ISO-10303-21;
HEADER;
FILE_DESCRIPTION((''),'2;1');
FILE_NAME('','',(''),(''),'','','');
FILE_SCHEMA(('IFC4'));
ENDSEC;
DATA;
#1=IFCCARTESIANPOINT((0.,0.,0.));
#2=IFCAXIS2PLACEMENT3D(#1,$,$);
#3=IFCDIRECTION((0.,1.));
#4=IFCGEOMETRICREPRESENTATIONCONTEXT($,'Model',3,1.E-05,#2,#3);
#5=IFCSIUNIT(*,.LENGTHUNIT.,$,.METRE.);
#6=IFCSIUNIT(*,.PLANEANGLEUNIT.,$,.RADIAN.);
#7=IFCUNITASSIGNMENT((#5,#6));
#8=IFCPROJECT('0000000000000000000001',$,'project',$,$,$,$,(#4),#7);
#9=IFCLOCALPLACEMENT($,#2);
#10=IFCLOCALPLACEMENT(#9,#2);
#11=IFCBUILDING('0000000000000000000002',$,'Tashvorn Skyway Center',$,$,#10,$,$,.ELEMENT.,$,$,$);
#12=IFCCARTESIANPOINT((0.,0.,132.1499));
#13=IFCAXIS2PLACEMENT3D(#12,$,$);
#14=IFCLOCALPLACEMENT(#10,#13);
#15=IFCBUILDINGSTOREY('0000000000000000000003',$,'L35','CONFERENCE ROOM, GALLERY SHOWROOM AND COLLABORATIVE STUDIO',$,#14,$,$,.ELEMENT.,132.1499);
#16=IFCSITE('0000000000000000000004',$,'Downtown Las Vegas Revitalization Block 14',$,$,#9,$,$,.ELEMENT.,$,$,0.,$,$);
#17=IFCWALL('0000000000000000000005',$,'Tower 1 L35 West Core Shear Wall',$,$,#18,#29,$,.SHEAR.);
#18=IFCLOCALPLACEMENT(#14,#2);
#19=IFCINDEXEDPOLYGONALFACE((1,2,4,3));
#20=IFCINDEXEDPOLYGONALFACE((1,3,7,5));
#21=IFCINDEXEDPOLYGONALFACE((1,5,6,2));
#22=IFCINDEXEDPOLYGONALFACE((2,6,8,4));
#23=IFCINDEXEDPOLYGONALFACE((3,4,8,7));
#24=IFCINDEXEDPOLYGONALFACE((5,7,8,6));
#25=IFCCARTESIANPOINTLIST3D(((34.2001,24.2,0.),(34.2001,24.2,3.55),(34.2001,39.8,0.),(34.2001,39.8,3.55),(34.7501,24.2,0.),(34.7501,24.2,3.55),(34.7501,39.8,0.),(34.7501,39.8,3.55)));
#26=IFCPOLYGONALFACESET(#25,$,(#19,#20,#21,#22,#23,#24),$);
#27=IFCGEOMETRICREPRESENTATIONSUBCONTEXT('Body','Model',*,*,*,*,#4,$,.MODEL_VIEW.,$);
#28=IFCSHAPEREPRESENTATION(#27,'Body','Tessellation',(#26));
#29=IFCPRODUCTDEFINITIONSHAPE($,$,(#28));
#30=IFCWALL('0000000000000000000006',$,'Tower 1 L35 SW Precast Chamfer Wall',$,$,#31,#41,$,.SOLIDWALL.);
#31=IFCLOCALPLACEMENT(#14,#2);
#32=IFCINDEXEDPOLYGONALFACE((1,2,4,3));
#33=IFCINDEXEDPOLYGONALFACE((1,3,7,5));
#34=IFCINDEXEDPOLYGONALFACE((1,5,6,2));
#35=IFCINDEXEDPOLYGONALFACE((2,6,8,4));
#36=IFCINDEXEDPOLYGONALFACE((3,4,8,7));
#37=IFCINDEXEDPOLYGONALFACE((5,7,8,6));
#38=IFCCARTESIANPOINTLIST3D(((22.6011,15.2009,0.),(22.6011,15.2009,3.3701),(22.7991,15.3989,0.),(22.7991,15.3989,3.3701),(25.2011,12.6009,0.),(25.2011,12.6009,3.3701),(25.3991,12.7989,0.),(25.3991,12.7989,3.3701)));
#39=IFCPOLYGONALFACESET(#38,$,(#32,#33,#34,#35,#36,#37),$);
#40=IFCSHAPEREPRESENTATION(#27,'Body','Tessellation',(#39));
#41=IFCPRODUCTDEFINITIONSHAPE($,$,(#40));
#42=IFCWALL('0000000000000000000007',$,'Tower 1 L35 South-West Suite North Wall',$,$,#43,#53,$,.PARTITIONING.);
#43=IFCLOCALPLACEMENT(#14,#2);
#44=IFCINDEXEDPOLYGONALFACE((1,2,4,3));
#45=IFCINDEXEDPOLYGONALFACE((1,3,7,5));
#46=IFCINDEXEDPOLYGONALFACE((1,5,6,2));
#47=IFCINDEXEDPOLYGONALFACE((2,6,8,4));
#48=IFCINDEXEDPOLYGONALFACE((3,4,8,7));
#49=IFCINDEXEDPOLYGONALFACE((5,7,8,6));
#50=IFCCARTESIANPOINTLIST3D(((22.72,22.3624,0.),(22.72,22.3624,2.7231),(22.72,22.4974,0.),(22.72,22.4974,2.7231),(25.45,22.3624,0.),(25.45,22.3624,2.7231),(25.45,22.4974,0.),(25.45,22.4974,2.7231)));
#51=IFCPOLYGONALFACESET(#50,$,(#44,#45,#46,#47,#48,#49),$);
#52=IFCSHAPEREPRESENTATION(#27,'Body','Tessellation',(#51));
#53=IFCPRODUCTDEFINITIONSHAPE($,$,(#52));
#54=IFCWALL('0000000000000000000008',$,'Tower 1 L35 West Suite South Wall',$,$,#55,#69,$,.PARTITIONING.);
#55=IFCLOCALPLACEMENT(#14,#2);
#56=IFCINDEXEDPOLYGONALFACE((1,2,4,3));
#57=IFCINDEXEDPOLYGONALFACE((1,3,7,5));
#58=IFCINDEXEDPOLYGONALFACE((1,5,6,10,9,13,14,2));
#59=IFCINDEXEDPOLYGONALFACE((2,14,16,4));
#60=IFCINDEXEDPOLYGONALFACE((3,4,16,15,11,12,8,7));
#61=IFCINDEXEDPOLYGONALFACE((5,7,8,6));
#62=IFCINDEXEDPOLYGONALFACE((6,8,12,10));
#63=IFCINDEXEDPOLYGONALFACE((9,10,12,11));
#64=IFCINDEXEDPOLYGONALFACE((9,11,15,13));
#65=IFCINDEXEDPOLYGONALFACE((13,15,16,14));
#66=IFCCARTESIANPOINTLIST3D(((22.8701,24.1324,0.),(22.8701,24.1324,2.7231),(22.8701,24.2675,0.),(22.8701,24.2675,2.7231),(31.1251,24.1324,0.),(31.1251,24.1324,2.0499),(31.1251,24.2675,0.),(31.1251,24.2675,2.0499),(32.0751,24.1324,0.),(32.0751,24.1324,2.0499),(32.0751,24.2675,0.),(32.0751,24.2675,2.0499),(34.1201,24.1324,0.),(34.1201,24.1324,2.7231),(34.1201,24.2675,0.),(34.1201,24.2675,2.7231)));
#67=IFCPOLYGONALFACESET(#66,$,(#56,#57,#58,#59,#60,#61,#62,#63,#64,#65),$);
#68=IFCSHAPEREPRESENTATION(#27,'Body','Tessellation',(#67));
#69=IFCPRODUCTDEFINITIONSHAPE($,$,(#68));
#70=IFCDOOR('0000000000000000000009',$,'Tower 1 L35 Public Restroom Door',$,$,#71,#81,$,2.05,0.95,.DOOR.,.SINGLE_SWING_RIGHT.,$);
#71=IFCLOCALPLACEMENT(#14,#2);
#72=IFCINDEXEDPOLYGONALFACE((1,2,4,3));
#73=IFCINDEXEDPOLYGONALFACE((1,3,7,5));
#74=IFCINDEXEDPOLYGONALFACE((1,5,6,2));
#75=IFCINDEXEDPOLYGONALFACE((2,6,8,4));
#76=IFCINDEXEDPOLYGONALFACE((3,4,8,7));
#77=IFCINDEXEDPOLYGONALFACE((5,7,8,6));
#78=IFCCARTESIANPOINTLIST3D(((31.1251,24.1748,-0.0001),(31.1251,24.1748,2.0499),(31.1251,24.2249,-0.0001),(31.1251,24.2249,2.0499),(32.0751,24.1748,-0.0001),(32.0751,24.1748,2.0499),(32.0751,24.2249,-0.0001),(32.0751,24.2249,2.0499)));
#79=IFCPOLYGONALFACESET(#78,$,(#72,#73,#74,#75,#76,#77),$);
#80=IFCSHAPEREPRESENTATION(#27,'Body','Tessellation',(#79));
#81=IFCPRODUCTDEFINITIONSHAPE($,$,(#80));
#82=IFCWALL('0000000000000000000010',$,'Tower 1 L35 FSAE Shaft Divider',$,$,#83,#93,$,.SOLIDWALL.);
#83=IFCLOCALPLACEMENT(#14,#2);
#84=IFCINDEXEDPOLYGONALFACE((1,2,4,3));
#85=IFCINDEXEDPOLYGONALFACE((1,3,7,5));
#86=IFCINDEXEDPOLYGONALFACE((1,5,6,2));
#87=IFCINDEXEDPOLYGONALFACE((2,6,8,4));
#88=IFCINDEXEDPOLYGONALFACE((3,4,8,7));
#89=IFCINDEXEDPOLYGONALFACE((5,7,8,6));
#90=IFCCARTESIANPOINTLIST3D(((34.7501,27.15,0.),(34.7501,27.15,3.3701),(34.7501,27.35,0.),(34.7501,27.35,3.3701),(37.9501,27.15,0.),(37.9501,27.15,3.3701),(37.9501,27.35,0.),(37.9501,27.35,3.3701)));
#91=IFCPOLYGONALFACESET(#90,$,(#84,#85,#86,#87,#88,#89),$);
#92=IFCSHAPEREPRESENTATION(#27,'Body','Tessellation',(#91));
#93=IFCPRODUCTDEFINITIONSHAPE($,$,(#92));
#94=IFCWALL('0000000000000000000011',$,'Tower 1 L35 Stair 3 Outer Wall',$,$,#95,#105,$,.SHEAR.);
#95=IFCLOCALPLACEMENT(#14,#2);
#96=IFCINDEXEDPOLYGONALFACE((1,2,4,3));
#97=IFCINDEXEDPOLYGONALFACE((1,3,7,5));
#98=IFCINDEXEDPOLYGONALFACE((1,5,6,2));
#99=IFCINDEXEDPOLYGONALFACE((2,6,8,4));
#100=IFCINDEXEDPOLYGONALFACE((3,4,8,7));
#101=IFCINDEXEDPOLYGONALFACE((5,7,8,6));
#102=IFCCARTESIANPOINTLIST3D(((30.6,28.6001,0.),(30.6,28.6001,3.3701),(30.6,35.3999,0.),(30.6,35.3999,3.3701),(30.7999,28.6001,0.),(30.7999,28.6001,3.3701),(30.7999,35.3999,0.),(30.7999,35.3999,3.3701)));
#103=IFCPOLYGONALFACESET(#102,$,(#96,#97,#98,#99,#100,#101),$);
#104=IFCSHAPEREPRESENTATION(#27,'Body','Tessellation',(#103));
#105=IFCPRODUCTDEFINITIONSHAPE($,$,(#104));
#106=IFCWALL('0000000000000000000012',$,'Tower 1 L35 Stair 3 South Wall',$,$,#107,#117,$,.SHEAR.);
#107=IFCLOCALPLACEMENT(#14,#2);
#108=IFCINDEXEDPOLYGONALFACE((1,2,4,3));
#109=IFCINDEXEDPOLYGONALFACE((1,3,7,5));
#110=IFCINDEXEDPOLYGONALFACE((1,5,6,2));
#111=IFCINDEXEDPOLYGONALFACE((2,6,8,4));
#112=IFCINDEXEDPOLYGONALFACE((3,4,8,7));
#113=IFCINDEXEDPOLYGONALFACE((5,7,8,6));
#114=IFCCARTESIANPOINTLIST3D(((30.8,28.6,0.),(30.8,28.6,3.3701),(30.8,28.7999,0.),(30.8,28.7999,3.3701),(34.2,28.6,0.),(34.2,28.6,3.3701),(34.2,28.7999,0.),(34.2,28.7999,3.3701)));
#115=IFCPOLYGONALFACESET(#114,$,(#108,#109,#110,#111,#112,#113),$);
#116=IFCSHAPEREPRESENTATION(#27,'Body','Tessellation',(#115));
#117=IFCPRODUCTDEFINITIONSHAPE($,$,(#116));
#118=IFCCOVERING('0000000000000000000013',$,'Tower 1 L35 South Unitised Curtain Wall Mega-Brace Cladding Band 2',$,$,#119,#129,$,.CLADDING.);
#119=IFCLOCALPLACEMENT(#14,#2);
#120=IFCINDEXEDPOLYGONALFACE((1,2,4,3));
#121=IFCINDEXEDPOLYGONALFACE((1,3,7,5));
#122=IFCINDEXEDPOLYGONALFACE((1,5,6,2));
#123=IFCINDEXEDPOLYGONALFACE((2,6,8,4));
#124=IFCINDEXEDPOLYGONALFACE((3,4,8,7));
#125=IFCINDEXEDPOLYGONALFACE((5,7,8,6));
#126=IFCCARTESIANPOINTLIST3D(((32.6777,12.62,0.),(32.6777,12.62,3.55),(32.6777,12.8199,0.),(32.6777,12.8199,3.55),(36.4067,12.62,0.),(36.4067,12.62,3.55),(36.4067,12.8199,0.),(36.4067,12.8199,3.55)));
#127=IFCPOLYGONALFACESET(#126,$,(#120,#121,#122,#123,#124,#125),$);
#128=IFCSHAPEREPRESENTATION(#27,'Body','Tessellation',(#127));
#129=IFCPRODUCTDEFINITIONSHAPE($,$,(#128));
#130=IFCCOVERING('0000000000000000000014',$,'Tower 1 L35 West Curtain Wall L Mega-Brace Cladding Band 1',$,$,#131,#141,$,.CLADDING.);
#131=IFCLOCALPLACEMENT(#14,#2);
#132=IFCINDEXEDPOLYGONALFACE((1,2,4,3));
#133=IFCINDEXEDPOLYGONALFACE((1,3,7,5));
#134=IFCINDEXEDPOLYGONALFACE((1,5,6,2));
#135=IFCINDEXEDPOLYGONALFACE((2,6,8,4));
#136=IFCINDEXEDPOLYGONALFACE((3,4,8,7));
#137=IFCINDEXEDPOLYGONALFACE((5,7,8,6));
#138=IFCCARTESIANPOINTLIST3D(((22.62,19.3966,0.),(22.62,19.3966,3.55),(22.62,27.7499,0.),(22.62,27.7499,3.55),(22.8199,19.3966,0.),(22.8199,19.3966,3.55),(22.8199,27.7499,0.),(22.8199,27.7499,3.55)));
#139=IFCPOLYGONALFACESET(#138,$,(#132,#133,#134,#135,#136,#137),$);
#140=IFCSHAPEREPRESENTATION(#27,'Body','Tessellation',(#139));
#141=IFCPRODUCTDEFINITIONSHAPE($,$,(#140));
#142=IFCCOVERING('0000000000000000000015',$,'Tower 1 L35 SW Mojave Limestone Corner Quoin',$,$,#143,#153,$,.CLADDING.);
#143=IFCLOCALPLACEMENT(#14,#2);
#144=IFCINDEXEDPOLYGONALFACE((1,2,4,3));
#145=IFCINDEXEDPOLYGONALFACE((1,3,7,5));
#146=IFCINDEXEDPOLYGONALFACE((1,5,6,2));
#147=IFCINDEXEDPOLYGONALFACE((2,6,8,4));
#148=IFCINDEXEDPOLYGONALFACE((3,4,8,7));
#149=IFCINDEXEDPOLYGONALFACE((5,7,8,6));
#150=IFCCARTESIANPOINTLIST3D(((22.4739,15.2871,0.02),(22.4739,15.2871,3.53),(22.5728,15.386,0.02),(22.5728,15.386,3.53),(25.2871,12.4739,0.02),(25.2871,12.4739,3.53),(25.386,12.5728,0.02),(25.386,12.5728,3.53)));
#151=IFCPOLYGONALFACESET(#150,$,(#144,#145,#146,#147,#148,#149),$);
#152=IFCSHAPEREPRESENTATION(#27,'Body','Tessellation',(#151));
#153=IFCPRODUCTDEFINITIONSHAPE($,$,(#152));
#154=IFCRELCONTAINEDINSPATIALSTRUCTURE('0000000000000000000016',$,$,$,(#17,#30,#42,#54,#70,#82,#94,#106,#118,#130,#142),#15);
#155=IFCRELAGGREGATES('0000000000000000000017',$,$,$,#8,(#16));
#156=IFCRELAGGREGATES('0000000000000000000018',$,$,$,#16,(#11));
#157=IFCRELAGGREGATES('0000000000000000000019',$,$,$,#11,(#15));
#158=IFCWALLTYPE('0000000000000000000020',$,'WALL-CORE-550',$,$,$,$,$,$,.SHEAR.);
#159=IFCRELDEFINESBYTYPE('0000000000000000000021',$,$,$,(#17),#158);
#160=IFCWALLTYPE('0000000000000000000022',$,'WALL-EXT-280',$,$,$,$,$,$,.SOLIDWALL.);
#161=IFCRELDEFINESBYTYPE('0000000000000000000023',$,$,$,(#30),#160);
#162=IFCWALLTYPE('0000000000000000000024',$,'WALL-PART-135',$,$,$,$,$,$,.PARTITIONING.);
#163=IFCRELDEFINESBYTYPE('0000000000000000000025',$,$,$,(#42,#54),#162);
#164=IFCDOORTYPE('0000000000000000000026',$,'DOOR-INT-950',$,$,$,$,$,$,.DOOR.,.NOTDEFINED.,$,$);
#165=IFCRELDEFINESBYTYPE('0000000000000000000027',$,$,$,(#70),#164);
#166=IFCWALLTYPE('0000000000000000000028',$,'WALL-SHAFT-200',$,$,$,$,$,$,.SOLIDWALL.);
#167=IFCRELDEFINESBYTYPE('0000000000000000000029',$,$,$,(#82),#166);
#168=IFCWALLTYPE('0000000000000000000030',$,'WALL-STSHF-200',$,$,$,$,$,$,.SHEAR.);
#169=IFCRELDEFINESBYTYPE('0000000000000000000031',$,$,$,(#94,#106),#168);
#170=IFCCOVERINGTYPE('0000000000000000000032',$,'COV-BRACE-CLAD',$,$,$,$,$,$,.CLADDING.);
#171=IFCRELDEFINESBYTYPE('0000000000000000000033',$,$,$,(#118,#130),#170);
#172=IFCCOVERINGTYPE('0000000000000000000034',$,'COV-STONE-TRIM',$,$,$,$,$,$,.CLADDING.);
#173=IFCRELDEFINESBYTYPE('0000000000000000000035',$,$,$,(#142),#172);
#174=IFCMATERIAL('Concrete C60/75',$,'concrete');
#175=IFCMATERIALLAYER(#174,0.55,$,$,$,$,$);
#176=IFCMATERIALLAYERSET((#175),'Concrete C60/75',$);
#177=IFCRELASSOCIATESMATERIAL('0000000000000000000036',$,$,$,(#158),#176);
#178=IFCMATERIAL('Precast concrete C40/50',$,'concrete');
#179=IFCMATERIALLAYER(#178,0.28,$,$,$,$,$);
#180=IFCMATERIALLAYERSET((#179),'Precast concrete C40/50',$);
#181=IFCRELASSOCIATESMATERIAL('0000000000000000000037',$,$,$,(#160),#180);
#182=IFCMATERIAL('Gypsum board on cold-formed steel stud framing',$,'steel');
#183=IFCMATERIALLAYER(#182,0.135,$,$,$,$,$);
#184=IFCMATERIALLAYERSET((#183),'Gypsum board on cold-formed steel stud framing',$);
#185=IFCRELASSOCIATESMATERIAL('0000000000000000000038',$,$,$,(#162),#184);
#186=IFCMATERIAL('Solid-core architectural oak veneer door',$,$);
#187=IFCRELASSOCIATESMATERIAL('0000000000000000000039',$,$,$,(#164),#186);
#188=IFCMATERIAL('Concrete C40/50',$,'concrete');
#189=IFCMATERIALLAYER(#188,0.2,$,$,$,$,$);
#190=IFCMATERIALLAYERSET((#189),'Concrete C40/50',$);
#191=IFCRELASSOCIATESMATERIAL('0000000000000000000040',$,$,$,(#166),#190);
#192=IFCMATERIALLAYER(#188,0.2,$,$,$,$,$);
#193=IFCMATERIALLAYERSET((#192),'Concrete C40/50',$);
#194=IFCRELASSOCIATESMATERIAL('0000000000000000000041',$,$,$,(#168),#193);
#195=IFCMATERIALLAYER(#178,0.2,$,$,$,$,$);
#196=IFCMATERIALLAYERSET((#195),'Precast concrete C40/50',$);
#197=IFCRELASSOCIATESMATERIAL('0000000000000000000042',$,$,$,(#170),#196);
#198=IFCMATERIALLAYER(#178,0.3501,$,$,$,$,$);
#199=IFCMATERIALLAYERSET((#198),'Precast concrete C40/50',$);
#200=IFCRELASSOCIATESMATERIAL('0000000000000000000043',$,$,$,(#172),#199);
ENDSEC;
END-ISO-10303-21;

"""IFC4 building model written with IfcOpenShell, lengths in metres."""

from ifc_helpers import new_model, si_unit, direction, frame, frame_2d, origin, origin_2d, place, context, subcontext, project, spatial, rectangle, extrude, material, layer, layer_set, type_object, element, fill, save


model = new_model("IFC4")

# Units and contexts
model_context = context("Model", 3, precision=1e-05, world=origin(), true_north=direction((0.0, 1.0)))
body_context = subcontext(model_context, "Body", "Model", "MODEL_VIEW")
ifc_project = project(units=[si_unit("LENGTHUNIT", "METRE"), si_unit("PLANEANGLEUNIT", "RADIAN")], contexts=[model_context])

# Site, building, storey
site_placement = place(None, origin())
site = spatial("IfcSite", under=ifc_project, at=site_placement, Name="Downtown Las Vegas Revitalization Block 14", CompositionType="ELEMENT", RefElevation=0.0)
building_placement = place(site_placement, origin())
building = spatial("IfcBuilding", under=site, at=building_placement, Name="Tashvorn Skyway Center", CompositionType="ELEMENT")
storey_placement = place(building_placement, frame((0.0, 0.0, 132.1499)))
storey = spatial("IfcBuildingStorey", under=building, at=storey_placement, Name="L35", Description="CONFERENCE ROOM, GALLERY SHOWROOM AND COLLABORATIVE STUDIO", CompositionType="ELEMENT", Elevation=132.1499)

# Wall
ifc_material_1 = material(Name="Concrete C60/75", Category="concrete")
ifc_layer_1 = layer(ifc_material_1, 0.55)
ifc_layer_set_1 = layer_set([ifc_layer_1], Name="Concrete C60/75")
wall_type_1 = type_object("IfcWallType", Name="WALL-CORE-550", PredefinedType="SHEAR", material=ifc_layer_set_1)
wall_1_placement = place(storey_placement, frame((34.4751, 24.2, 0.0), z_axis=(0.0, 0.0, 1.0), x_axis=(0.0, 1.0, 0.0)))
element("IfcWall", 1, at=wall_1_placement, inside=storey, type_object=wall_type_1, Name="Tower 1 L35 West Core Shear Wall", PredefinedType="SHEAR", context=body_context, shape_type="SweptSolid", body=[
    extrude(rectangle(XDim=15.6001, YDim=0.55, at=frame_2d((7.8, 0.0))), origin(), (0.0, 0.0, 1.0), 3.55),
])

# Shared definitions
ifc_material_2 = material(Name="Precast concrete C40/50", Category="concrete")
ifc_layer_2 = layer(ifc_material_2, 0.28)
ifc_layer_set_2 = layer_set([ifc_layer_2], Name="Precast concrete C40/50")
wall_type_2 = type_object("IfcWallType", Name="WALL-EXT-280", PredefinedType="SOLIDWALL", material=ifc_layer_set_2)

# Walls
wall_2_placement = place(storey_placement, frame((25.3, 12.7, 0.0), z_axis=(0.0, 0.0, 1.0), x_axis=(-0.707107, 0.707107, 0.0)))
element("IfcWall", 2, at=wall_2_placement, inside=storey, type_object=wall_type_2, Name="Tower 1 L35 SW Precast Chamfer Wall", PredefinedType="SOLIDWALL", context=body_context, shape_type="SweptSolid", body=[
    extrude(rectangle(XDim=3.677, YDim=0.28, at=frame_2d((1.8384, 0.0))), origin(), (0.0, 0.0, 1.0), 3.3701),
])
ifc_material_3 = material(Name="Gypsum board on cold-formed steel stud framing", Category="steel")
ifc_layer_3 = layer(ifc_material_3, 0.135)
ifc_layer_set_3 = layer_set([ifc_layer_3], Name="Gypsum board on cold-formed steel stud framing")
wall_type_3 = type_object("IfcWallType", Name="WALL-PART-135", PredefinedType="PARTITIONING", material=ifc_layer_set_3)
wall_3_placement = place(storey_placement, frame((22.72, 22.4299, 0.0), z_axis=(0.0, 0.0, 1.0), x_axis=(1.0, 0.0, 0.0)))
element("IfcWall", 3, at=wall_3_placement, inside=storey, type_object=wall_type_3, Name="Tower 1 L35 South-West Suite North Wall", PredefinedType="PARTITIONING", context=body_context, shape_type="SweptSolid", body=[
    extrude(rectangle(XDim=2.73, YDim=0.135, at=frame_2d((1.365, 0.0))), origin(), (0.0, 0.0, 1.0), 2.7231),
])

# Wall, opening, door
wall_4_placement = place(storey_placement, frame((22.8701, 24.2, 0.0), z_axis=(0.0, 0.0, 1.0), x_axis=(1.0, 0.0, 0.0)))
wall_4 = element("IfcWall", 4, at=wall_4_placement, inside=storey, type_object=wall_type_3, Name="Tower 1 L35 West Suite South Wall", PredefinedType="PARTITIONING", context=body_context, shape_type="SweptSolid", body=[
    extrude(rectangle(XDim=11.25, YDim=0.135, at=frame_2d((5.625, 0.0))), origin(), (0.0, 0.0, 1.0), 2.7231),
])
opening_1_placement = place(wall_4_placement, frame((8.2549, 0.0, 0.0)))
opening_1 = element("IfcOpeningElement", 5, at=opening_1_placement, cuts=wall_4, PredefinedType="OPENING", context=body_context, shape_type="SweptSolid", body=[
    extrude(rectangle(XDim=0.95, YDim=2.05, at=frame_2d((0.4751, 1.0249))), frame((0.0, 0.0774, 0.0), z_axis=(0.0, -1.0, 0.0), x_axis=(1.0, 0.0, 0.0)), (0.0, 0.0, 1.0), 0.155),
])
ifc_material_4 = material(Name="Solid-core architectural oak veneer door")
door_type_1 = type_object("IfcDoorType", Name="DOOR-INT-950", OperationType="NOTDEFINED", PredefinedType="DOOR", material=ifc_material_4)
door_1_placement = place(opening_1_placement, origin())
door_1 = element("IfcDoor", 6, at=door_1_placement, inside=storey, type_object=door_type_1, Name="Tower 1 L35 Public Restroom Door", OperationType="SINGLE_SWING_RIGHT", OverallHeight=2.05, OverallWidth=0.95, PredefinedType="DOOR", context=body_context, shape_type="SweptSolid", body=[
    extrude(rectangle(XDim=0.95, YDim=2.05, at=frame_2d((0.4751, 1.0249))), frame((0.0, 0.0249, 0.0), z_axis=(0.0, -1.0, 0.0), x_axis=(1.0, 0.0, 0.0)), (0.0, 0.0, 1.0), 0.05),
])
fill(opening_1, door_1)

# Walls
ifc_material_5 = material(Name="Concrete C40/50", Category="concrete")
ifc_layer_4 = layer(ifc_material_5, 0.2)
ifc_layer_set_4 = layer_set([ifc_layer_4], Name="Concrete C40/50")
wall_type_4 = type_object("IfcWallType", Name="WALL-SHAFT-200", PredefinedType="SOLIDWALL", material=ifc_layer_set_4)
wall_5_placement = place(storey_placement, frame((34.75, 27.25, 0.0), z_axis=(0.0, 0.0, 1.0), x_axis=(1.0, 0.0, 0.0)))
element("IfcWall", 7, at=wall_5_placement, inside=storey, type_object=wall_type_4, Name="Tower 1 L35 FSAE Shaft Divider", PredefinedType="SOLIDWALL", context=body_context, shape_type="SweptSolid", body=[
    extrude(rectangle(XDim=3.2, YDim=0.2, at=frame_2d((1.6001, 0.0))), origin(), (0.0, 0.0, 1.0), 3.3701),
])
ifc_layer_5 = layer(ifc_material_5, 0.2)
ifc_layer_set_5 = layer_set([ifc_layer_5], Name="Concrete C40/50")
wall_type_5 = type_object("IfcWallType", Name="WALL-STSHF-200", PredefinedType="SHEAR", material=ifc_layer_set_5)
wall_6_placement = place(storey_placement, frame((30.7, 28.6001, 0.0), z_axis=(0.0, 0.0, 1.0), x_axis=(0.0, 1.0, 0.0)))
element("IfcWall", 8, at=wall_6_placement, inside=storey, type_object=wall_type_5, Name="Tower 1 L35 Stair 3 Outer Wall", PredefinedType="SHEAR", context=body_context, shape_type="SweptSolid", body=[
    extrude(rectangle(XDim=6.7998, YDim=0.2, at=frame_2d((3.3999, 0.0))), origin(), (0.0, 0.0, 1.0), 3.3701),
])
wall_7_placement = place(storey_placement, frame((30.8, 28.7, 0.0), z_axis=(0.0, 0.0, 1.0), x_axis=(1.0, 0.0, 0.0)))
element("IfcWall", 9, at=wall_7_placement, inside=storey, type_object=wall_type_5, Name="Tower 1 L35 Stair 3 South Wall", PredefinedType="SHEAR", context=body_context, shape_type="SweptSolid", body=[
    extrude(rectangle(XDim=3.3999, YDim=0.2, at=frame_2d((1.7, 0.0))), origin(), (0.0, 0.0, 1.0), 3.3701),
])

# Coverings
ifc_layer_6 = layer(ifc_material_2, 0.2)
ifc_layer_set_6 = layer_set([ifc_layer_6], Name="Precast concrete C40/50")
covering_type_1 = type_object("IfcCoveringType", Name="COV-BRACE-CLAD", PredefinedType="CLADDING", material=ifc_layer_set_6)
covering_1_placement = place(storey_placement, frame((34.5422, 12.72, 0.0), z_axis=(0.0, 0.0, 1.0), x_axis=(-1.0, 0.0, 0.0)))
element("IfcCovering", 10, at=covering_1_placement, inside=storey, type_object=covering_type_1, Name="Tower 1 L35 South Unitised Curtain Wall Mega-Brace Cladding Band 2", PredefinedType="CLADDING", context=body_context, shape_type="SweptSolid", body=[
    extrude(rectangle(XDim=3.729, YDim=0.2, at=origin_2d()), origin(), (0.0, 0.0, 1.0), 3.55),
])
covering_2_placement = place(storey_placement, frame((22.72, 23.5732, 0.0), z_axis=(0.0, 0.0, 1.0), x_axis=(0.0, 1.0, 0.0)))
element("IfcCovering", 11, at=covering_2_placement, inside=storey, type_object=covering_type_1, Name="Tower 1 L35 West Curtain Wall L Mega-Brace Cladding Band 1", PredefinedType="CLADDING", context=body_context, shape_type="SweptSolid", body=[
    extrude(rectangle(XDim=8.3533, YDim=0.2, at=origin_2d()), origin(), (0.0, 0.0, 1.0), 3.55),
])
ifc_layer_7 = layer(ifc_material_2, 0.3501)
ifc_layer_set_7 = layer_set([ifc_layer_7], Name="Precast concrete C40/50")
covering_type_2 = type_object("IfcCoveringType", Name="COV-STONE-TRIM", PredefinedType="CLADDING", material=ifc_layer_set_7)
covering_3_placement = place(storey_placement, frame((23.9299, 13.9299, 0.02), z_axis=(0.0, 0.0, 1.0), x_axis=(-0.707107, 0.707107, 0.0)))
element("IfcCovering", 12, at=covering_3_placement, inside=storey, type_object=covering_type_2, Name="Tower 1 L35 SW Mojave Limestone Corner Quoin", PredefinedType="CLADDING", context=body_context, shape_type="SweptSolid", body=[
    extrude(rectangle(XDim=3.9785, YDim=0.1399, at=origin_2d()), origin(), (0.0, 0.0, 1.0), 3.51),
])

save(model, "model.ifc")
